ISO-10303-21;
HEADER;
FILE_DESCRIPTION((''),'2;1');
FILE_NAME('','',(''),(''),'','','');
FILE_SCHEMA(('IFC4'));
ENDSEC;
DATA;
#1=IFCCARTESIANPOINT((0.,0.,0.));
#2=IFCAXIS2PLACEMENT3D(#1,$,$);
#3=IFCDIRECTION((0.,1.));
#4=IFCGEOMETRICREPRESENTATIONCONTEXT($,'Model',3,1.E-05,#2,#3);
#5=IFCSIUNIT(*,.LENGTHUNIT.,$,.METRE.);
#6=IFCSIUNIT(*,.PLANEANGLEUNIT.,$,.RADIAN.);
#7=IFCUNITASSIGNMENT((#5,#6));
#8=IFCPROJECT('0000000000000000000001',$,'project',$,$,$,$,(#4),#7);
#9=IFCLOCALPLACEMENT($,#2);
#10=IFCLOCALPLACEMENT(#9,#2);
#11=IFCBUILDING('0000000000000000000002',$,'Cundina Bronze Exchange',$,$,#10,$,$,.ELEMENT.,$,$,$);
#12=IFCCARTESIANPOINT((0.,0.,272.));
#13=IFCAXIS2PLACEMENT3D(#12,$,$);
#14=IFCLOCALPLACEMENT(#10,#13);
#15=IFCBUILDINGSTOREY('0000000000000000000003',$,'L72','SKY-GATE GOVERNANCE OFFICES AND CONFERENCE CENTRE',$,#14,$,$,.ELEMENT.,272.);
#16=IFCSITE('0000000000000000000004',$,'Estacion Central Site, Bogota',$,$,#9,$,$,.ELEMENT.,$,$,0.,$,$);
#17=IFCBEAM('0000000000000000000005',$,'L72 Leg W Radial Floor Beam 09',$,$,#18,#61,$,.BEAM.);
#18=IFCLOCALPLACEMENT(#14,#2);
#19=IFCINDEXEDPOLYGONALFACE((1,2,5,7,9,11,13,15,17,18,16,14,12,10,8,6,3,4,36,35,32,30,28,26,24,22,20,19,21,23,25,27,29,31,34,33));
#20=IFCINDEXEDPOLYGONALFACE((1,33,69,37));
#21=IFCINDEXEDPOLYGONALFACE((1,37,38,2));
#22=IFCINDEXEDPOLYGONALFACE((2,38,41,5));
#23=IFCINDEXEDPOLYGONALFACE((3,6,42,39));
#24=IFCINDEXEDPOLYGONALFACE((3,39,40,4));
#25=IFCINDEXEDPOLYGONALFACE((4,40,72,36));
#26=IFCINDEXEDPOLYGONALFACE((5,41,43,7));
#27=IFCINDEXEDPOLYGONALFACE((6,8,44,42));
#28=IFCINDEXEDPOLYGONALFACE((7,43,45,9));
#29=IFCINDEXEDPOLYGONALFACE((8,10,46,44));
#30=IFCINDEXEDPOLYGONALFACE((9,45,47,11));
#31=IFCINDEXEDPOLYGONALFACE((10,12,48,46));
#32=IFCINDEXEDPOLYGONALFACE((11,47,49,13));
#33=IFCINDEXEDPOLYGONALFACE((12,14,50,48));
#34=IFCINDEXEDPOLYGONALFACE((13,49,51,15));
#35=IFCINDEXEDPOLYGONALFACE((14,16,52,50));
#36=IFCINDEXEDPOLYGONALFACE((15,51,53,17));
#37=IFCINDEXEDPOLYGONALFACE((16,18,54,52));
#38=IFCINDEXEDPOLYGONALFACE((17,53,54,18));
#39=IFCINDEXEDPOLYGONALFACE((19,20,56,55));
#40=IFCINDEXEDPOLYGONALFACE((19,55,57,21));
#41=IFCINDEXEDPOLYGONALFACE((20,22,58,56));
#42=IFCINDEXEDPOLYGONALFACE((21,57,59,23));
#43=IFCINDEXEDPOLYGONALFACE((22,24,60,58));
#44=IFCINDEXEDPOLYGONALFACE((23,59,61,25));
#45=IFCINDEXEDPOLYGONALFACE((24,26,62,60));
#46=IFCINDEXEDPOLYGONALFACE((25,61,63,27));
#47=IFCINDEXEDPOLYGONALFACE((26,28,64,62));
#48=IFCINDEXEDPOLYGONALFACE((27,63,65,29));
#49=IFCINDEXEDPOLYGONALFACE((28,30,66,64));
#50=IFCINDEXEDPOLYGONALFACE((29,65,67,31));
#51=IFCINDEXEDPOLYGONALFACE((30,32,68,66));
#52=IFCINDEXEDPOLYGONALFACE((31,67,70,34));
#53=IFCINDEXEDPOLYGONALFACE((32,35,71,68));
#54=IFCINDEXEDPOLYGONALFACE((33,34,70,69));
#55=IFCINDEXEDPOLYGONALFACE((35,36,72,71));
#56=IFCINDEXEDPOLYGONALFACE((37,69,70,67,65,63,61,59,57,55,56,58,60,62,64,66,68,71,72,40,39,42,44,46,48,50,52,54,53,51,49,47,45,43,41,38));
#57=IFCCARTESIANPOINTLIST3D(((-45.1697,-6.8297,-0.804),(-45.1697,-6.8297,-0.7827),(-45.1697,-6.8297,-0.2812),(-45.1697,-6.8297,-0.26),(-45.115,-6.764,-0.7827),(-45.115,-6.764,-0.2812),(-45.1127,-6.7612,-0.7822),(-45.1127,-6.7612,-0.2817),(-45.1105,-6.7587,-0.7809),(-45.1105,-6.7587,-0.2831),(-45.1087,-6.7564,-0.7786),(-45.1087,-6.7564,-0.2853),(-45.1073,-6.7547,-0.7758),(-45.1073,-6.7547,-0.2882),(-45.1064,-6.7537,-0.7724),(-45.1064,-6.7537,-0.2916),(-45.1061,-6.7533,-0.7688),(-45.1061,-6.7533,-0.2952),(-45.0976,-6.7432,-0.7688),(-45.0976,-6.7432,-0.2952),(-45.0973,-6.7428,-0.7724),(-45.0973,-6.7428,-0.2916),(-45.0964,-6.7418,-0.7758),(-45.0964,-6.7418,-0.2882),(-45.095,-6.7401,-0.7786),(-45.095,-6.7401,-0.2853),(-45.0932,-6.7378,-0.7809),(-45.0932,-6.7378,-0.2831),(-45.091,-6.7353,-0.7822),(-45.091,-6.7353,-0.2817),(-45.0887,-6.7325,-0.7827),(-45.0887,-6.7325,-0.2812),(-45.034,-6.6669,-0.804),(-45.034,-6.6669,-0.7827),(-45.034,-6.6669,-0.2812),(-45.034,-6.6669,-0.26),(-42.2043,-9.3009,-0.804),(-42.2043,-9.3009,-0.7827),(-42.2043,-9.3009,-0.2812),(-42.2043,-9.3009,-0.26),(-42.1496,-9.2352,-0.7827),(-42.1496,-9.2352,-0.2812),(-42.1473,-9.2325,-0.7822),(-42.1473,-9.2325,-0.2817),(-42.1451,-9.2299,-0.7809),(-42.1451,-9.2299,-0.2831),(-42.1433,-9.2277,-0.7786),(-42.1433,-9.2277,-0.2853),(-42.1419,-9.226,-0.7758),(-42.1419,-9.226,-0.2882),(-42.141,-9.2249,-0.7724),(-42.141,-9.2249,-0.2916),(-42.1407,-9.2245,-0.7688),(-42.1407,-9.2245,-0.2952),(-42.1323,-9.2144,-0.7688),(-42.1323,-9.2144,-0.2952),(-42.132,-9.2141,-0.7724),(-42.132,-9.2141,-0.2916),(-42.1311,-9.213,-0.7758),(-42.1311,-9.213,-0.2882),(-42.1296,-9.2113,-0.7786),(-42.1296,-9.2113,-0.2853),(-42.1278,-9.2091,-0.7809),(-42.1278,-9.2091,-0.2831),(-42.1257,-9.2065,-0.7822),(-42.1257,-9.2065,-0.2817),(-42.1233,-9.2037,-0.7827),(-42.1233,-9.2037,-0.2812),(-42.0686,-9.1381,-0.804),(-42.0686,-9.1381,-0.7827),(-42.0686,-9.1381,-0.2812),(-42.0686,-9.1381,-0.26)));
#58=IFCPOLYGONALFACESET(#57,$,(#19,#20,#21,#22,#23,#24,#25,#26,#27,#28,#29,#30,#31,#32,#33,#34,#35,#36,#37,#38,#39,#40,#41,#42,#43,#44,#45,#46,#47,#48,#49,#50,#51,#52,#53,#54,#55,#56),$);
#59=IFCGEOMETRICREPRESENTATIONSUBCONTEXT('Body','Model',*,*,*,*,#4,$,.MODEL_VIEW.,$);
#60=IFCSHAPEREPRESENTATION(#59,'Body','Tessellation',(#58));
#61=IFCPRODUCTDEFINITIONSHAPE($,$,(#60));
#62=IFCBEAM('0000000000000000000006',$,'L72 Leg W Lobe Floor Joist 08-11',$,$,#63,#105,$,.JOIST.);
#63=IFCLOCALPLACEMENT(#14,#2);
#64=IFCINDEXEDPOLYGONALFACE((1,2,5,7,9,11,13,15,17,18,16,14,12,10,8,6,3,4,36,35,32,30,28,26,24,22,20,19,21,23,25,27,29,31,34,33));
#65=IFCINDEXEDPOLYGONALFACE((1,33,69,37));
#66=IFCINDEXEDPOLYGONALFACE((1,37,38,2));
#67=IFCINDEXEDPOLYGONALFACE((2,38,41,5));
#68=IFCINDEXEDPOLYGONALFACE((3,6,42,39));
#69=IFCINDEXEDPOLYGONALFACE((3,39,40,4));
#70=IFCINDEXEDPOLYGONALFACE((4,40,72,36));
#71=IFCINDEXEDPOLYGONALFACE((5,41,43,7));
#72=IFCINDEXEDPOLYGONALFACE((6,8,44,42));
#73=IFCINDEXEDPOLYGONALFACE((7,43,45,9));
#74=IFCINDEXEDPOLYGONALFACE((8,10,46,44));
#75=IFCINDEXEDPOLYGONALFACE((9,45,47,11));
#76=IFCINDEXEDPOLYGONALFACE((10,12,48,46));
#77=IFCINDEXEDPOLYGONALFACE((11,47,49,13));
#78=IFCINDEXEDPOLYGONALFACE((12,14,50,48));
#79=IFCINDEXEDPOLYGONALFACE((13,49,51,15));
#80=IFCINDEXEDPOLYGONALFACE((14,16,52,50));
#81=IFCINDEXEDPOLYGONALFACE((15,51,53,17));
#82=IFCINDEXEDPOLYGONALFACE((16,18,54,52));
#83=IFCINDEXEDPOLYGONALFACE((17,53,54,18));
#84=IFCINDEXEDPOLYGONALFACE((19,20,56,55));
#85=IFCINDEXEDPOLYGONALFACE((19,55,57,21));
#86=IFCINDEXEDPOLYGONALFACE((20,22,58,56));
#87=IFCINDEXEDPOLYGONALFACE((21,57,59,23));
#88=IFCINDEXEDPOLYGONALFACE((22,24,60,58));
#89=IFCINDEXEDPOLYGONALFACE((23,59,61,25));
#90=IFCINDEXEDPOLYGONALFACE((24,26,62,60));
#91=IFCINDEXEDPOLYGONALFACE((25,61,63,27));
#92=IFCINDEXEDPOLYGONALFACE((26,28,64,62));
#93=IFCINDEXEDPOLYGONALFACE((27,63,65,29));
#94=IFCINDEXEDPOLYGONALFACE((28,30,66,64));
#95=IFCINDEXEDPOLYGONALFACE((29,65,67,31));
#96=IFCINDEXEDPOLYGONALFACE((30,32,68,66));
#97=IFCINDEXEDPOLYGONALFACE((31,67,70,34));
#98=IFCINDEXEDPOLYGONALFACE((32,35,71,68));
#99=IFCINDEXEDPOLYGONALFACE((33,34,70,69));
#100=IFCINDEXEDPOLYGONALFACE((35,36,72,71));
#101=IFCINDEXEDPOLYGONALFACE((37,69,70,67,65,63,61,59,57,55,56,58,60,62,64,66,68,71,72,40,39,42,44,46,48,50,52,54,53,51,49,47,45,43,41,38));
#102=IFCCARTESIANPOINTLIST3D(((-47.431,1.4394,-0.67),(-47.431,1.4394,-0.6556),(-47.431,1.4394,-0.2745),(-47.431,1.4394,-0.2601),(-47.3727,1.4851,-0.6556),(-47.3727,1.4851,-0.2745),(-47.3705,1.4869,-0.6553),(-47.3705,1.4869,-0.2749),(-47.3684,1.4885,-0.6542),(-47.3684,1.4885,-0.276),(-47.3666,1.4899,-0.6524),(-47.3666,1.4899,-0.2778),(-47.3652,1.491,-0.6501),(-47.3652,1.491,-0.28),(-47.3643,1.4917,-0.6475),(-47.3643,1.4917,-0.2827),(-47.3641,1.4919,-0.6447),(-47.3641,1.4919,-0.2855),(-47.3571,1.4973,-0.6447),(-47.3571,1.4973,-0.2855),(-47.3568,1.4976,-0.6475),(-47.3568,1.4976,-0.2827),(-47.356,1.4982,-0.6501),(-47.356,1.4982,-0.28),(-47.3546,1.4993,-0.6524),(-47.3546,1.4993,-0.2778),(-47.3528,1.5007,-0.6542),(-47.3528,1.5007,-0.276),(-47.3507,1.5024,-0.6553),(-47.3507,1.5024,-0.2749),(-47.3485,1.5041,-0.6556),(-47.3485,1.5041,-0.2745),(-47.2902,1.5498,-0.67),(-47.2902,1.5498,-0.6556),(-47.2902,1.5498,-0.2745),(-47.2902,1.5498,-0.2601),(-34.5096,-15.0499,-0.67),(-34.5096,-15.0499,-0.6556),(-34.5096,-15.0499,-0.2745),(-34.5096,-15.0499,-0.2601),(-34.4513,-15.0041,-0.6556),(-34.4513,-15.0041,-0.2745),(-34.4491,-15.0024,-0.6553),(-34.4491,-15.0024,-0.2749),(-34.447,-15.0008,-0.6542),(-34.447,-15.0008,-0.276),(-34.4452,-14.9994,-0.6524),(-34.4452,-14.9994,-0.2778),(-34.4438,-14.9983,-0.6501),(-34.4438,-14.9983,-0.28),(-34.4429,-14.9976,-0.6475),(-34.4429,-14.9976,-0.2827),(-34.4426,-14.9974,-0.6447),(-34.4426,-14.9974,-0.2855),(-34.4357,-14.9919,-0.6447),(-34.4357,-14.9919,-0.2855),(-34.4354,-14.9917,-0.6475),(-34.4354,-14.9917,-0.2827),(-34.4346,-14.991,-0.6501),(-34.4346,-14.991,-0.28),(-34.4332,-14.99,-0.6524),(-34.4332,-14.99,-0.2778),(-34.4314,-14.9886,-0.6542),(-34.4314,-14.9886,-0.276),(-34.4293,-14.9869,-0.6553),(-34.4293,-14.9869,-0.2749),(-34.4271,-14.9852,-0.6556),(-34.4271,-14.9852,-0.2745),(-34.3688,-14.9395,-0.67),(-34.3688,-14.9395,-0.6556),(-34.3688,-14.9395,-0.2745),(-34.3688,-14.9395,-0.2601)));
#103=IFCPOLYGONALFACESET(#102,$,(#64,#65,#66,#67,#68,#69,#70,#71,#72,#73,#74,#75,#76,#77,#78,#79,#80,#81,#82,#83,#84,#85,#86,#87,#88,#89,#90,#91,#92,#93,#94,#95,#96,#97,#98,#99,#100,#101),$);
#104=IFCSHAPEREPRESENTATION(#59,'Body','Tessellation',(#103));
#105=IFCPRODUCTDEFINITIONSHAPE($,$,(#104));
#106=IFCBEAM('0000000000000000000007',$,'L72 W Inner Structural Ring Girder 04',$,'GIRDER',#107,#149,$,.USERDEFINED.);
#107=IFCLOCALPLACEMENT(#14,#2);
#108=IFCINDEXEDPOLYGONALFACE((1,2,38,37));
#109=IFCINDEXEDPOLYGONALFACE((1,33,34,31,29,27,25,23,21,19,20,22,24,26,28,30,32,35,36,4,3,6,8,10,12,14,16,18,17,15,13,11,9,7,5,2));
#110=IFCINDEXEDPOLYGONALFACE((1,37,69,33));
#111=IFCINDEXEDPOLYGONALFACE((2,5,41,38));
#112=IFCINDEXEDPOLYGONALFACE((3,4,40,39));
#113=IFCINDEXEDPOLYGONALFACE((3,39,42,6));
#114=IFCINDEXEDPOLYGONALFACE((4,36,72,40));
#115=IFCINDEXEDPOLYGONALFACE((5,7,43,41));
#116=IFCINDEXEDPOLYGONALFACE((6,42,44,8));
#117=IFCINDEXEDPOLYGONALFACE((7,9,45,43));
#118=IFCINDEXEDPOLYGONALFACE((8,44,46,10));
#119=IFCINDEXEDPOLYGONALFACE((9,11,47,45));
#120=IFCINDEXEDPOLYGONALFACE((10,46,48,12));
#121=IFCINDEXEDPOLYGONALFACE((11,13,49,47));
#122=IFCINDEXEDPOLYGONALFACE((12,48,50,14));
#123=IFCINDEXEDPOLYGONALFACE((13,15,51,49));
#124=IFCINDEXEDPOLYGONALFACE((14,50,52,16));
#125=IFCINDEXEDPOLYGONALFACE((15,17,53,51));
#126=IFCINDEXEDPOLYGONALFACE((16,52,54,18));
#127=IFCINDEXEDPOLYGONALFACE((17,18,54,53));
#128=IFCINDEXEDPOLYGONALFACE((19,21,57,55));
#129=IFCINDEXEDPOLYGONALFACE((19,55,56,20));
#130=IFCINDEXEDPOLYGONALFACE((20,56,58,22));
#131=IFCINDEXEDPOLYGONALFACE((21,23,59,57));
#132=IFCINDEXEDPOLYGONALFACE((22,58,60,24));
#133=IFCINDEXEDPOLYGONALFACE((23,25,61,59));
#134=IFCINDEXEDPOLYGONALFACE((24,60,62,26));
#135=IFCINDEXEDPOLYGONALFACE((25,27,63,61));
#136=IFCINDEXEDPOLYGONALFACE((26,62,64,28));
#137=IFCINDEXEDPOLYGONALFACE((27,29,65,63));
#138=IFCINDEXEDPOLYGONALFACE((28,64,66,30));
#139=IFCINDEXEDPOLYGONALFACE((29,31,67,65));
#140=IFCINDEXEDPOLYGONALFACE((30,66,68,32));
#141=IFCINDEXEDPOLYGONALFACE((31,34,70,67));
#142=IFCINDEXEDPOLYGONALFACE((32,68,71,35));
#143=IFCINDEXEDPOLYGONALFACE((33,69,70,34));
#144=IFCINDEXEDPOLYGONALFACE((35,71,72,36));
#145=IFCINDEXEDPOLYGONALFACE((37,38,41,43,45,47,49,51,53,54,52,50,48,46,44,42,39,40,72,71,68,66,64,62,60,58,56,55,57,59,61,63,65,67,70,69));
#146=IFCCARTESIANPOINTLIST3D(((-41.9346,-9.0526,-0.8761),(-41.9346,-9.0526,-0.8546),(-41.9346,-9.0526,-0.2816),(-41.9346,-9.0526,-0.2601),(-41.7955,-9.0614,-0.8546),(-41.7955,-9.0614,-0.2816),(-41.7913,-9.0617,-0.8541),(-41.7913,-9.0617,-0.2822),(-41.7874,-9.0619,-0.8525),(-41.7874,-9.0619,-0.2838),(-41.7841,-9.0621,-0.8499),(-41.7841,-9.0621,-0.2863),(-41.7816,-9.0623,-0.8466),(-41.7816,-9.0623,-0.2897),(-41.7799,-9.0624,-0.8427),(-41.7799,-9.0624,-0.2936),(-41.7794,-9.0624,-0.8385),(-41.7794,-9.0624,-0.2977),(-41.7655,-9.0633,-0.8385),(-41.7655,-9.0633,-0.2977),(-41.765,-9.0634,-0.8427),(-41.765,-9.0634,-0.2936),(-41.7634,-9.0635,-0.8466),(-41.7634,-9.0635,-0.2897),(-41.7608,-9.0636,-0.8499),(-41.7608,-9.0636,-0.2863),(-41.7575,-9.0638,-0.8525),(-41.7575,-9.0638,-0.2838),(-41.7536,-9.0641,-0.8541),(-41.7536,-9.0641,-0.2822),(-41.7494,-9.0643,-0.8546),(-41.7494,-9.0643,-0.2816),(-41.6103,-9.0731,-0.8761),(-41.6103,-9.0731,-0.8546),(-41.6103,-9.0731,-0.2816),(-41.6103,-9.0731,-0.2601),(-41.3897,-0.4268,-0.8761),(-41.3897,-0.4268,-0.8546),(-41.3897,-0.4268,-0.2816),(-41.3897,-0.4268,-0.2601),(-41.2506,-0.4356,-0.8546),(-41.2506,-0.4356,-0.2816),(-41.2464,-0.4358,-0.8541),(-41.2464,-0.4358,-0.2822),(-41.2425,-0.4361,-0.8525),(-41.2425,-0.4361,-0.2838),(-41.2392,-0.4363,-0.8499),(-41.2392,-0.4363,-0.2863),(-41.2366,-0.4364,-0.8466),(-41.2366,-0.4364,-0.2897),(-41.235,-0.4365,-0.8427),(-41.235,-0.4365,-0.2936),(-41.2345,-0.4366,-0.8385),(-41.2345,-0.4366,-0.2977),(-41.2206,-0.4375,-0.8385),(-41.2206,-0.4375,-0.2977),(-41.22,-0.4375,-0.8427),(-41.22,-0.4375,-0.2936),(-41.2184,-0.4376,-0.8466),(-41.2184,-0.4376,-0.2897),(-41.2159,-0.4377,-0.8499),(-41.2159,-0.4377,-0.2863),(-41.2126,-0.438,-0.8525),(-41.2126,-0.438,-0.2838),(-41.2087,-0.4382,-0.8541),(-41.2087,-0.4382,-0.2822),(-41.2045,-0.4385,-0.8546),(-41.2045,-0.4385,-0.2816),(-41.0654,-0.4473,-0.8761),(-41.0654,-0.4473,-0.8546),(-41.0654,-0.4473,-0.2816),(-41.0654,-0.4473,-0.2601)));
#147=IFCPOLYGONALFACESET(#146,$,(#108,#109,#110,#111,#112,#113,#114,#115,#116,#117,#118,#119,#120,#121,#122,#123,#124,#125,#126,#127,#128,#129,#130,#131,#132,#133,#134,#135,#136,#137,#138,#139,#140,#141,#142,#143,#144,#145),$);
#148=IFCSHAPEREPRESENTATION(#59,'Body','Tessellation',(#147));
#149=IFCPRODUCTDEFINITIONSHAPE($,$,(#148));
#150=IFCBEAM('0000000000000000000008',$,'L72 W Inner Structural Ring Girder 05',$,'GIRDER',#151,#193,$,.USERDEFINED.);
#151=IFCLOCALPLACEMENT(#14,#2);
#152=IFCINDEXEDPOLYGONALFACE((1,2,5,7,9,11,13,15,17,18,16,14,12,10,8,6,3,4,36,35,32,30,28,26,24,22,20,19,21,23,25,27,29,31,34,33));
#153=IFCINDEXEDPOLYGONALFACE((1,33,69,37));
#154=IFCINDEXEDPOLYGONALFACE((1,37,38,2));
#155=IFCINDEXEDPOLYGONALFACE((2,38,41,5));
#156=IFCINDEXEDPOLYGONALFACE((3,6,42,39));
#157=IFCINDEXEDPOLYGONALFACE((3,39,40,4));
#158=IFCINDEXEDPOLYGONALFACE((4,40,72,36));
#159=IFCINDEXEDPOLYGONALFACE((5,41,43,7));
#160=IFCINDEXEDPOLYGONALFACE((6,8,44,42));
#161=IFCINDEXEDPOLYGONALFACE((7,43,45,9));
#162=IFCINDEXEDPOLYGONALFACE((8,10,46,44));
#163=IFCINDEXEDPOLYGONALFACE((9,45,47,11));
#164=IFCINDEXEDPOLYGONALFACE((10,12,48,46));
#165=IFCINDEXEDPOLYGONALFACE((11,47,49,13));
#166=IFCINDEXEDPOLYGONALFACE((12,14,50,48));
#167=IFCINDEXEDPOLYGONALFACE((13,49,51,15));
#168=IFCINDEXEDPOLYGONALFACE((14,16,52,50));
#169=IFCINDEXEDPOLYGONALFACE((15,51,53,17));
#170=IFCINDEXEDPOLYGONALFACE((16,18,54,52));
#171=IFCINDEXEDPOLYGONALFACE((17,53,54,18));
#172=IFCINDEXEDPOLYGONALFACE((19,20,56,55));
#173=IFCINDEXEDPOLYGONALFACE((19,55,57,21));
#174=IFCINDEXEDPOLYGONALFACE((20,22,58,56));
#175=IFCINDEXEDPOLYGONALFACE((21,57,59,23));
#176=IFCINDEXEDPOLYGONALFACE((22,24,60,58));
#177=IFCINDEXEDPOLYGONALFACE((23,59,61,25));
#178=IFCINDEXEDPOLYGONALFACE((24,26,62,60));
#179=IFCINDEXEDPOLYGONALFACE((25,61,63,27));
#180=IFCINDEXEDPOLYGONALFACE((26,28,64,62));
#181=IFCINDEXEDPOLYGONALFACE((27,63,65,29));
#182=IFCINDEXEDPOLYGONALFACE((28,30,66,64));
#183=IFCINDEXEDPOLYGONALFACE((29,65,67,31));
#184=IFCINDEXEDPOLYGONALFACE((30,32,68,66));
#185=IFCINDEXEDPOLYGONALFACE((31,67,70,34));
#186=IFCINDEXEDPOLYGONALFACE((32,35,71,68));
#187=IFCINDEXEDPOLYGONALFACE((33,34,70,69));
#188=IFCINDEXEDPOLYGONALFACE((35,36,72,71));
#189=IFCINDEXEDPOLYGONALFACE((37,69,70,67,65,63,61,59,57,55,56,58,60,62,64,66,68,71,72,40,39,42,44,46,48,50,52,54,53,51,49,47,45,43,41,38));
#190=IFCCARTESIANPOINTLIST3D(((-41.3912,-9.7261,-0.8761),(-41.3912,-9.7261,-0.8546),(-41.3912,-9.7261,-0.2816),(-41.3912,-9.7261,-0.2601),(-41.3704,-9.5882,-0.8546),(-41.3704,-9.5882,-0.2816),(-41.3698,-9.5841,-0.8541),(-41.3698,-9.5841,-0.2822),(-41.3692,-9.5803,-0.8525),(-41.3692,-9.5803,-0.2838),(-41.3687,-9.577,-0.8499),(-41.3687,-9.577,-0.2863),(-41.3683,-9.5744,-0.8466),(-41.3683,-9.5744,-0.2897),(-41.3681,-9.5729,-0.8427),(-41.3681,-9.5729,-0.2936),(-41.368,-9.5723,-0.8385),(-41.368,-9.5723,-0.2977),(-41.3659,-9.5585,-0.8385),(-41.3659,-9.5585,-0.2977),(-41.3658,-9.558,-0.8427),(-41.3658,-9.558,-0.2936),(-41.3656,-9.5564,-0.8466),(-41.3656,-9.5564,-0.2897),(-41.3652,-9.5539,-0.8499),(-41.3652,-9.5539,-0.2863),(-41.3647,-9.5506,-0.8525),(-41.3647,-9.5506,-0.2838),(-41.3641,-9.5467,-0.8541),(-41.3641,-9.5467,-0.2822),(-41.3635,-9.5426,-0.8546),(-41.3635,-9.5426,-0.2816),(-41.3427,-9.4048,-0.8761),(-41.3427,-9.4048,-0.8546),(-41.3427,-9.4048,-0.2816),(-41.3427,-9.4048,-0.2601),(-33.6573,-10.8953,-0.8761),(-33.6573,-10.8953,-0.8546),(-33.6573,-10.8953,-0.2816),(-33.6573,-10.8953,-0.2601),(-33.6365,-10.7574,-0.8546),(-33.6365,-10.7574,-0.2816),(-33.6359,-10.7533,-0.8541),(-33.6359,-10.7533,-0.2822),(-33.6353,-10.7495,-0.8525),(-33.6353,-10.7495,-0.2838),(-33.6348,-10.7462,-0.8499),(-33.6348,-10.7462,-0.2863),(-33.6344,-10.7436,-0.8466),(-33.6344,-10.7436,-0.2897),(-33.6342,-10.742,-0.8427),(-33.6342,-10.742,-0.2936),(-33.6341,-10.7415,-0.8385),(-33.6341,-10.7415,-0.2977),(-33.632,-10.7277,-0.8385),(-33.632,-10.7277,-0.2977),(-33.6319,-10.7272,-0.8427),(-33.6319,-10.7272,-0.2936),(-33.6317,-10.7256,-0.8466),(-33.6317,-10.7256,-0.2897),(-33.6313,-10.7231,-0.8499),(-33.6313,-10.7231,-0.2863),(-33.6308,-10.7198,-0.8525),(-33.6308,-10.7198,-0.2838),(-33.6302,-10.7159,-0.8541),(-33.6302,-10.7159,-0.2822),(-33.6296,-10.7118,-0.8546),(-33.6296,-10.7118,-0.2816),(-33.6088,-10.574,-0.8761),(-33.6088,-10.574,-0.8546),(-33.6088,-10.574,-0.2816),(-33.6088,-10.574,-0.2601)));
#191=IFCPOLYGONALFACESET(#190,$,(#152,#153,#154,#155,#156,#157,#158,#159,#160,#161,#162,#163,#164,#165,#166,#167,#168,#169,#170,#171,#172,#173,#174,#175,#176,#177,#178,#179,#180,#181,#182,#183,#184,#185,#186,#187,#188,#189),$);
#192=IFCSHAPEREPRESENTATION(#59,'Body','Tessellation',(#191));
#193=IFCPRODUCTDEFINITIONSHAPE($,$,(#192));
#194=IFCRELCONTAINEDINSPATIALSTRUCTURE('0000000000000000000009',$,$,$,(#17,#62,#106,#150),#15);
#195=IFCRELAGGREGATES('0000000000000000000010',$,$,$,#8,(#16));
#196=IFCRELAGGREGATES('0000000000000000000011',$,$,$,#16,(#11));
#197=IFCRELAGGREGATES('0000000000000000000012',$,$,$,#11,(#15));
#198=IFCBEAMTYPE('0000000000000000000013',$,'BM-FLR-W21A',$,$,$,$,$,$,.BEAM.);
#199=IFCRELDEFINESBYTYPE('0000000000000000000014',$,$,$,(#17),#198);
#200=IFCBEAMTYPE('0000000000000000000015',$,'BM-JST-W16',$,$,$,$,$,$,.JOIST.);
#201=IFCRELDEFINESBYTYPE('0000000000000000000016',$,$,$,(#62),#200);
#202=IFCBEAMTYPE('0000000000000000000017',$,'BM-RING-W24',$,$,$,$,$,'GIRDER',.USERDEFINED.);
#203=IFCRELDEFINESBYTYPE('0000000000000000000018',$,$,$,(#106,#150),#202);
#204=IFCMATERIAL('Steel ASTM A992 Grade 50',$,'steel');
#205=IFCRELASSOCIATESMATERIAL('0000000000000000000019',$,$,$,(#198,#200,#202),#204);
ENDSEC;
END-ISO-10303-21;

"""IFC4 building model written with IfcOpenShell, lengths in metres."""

from ifc_helpers import new_model, si_unit, direction, frame, origin, origin_2d, place, context, subcontext, project, spatial, i_section, extrude, material, material_profile, profile_set, type_object, element, save


model = new_model("IFC4")

# Units and contexts
model_context = context("Model", 3, precision=1e-05, world=origin(), true_north=direction((0.0, 1.0)))
body_context = subcontext(model_context, "Body", "Model", "MODEL_VIEW")
ifc_project = project(units=[si_unit("LENGTHUNIT", "METRE"), si_unit("PLANEANGLEUNIT", "RADIAN")], contexts=[model_context])

# Site, building, storey
site_placement = place(None, origin())
site = spatial("IfcSite", under=ifc_project, at=site_placement, Name="Estacion Central Site, Bogota", CompositionType="ELEMENT", RefElevation=0.0)
building_placement = place(site_placement, origin())
building = spatial("IfcBuilding", under=site, at=building_placement, Name="Cundina Bronze Exchange", CompositionType="ELEMENT")
storey_placement = place(building_placement, frame((0.0, 0.0, 272.0)))
storey = spatial("IfcBuildingStorey", under=building, at=storey_placement, Name="L72", Description="SKY-GATE GOVERNANCE OFFICES AND CONFERENCE CENTRE", CompositionType="ELEMENT", Elevation=272.0)

# Shared definitions
ifc_material_1 = material(Name="Steel ASTM A992 Grade 50", Category="steel")

# Beams
ifc_material_profile_1 = material_profile(ifc_material_1, i_section(OverallWidth=0.2119, OverallDepth=0.5439, WebThickness=0.0132, FlangeThickness=0.0212, FilletRadius=0.0139, at=origin_2d()), Name="W21X83", Category="steel")
ifc_profile_set_1 = profile_set([ifc_material_profile_1], Name="Steel ASTM A992 Grade 50")
beam_type_1 = type_object("IfcBeamType", Name="BM-FLR-W21A", PredefinedType="BEAM", material=ifc_profile_set_1)
beam_1_placement = place(storey_placement, frame((-42.1365, -9.2195, -0.532), z_axis=(-0.768211, 0.640197, 0.0), x_axis=(-0.640197, -0.768211, 0.0)))
element("IfcBeam", 1, at=beam_1_placement, inside=storey, type_object=beam_type_1, Name="L72 Leg W Radial Floor Beam 09", PredefinedType="BEAM", context=body_context, shape_type="SweptSolid", body=[
    extrude(i_section(OverallWidth=0.2119, OverallDepth=0.5439, WebThickness=0.0132, FlangeThickness=0.0212, FilletRadius=0.0139, at=origin_2d()), origin(), (0.0, 0.0, 1.0), 3.8601),
])
ifc_material_profile_2 = material_profile(ifc_material_1, i_section(OverallWidth=0.179, OverallDepth=0.4099, WebThickness=0.0088, FlangeThickness=0.0144, FilletRadius=0.011, at=origin_2d()), Name="W16X45", Category="steel")
ifc_profile_set_2 = profile_set([ifc_material_profile_2], Name="Steel ASTM A992 Grade 50")
beam_type_2 = type_object("IfcBeamType", Name="BM-JST-W16", PredefinedType="JOIST", material=ifc_profile_set_2)
beam_2_placement = place(storey_placement, frame((-47.3606, 1.4946, -0.4651), z_axis=(0.616804, -0.787117, 0.0), x_axis=(0.787117, 0.616804, 0.0)))
element("IfcBeam", 2, at=beam_2_placement, inside=storey, type_object=beam_type_2, Name="L72 Leg W Lobe Floor Joist 08-11", PredefinedType="JOIST", context=body_context, shape_type="SweptSolid", body=[
    extrude(i_section(OverallWidth=0.179, OverallDepth=0.4099, WebThickness=0.0088, FlangeThickness=0.0144, FilletRadius=0.011, at=origin_2d()), origin(), (0.0, 0.0, 1.0), 20.949),
])
ifc_material_profile_3 = material_profile(ifc_material_1, i_section(OverallWidth=0.325, OverallDepth=0.616, WebThickness=0.0139, FlangeThickness=0.0215, FilletRadius=0.0161, at=origin_2d()), Name="W24X117", Category="steel")
ifc_profile_set_3 = profile_set([ifc_material_profile_3], Name="Steel ASTM A992 Grade 50")
beam_type_3 = type_object("IfcBeamType", Name="BM-RING-W24", ElementType="GIRDER", PredefinedType="USERDEFINED", material=ifc_profile_set_3)
beam_3_placement = place(storey_placement, frame((-41.2275, -0.437, -0.5681), z_axis=(-0.063047, -0.998011, 0.0), x_axis=(0.998011, -0.063047, 0.0)))
element("IfcBeam", 3, at=beam_3_placement, inside=storey, type_object=beam_type_3, Name="L72 W Inner Structural Ring Girder 04", ObjectType="GIRDER", PredefinedType="USERDEFINED", context=body_context, shape_type="SweptSolid", body=[
    extrude(i_section(OverallWidth=0.325, OverallDepth=0.616, WebThickness=0.0139, FlangeThickness=0.0215, FilletRadius=0.0161, at=origin_2d()), origin(), (0.0, 0.0, 1.0), 8.6431),
])
beam_4_placement = place(storey_placement, frame((-41.3669, -9.5654, -0.5681), z_axis=(0.988765, -0.149479, 0.0), x_axis=(0.149479, 0.988765, 0.0)))
element("IfcBeam", 4, at=beam_4_placement, inside=storey, type_object=beam_type_3, Name="L72 W Inner Structural Ring Girder 05", ObjectType="GIRDER", PredefinedType="USERDEFINED", context=body_context, shape_type="SweptSolid", body=[
    extrude(i_section(OverallWidth=0.325, OverallDepth=0.616, WebThickness=0.0139, FlangeThickness=0.0215, FilletRadius=0.0161, at=origin_2d()), origin(), (0.0, 0.0, 1.0), 7.8218),
])

save(model, "model.ifc")
